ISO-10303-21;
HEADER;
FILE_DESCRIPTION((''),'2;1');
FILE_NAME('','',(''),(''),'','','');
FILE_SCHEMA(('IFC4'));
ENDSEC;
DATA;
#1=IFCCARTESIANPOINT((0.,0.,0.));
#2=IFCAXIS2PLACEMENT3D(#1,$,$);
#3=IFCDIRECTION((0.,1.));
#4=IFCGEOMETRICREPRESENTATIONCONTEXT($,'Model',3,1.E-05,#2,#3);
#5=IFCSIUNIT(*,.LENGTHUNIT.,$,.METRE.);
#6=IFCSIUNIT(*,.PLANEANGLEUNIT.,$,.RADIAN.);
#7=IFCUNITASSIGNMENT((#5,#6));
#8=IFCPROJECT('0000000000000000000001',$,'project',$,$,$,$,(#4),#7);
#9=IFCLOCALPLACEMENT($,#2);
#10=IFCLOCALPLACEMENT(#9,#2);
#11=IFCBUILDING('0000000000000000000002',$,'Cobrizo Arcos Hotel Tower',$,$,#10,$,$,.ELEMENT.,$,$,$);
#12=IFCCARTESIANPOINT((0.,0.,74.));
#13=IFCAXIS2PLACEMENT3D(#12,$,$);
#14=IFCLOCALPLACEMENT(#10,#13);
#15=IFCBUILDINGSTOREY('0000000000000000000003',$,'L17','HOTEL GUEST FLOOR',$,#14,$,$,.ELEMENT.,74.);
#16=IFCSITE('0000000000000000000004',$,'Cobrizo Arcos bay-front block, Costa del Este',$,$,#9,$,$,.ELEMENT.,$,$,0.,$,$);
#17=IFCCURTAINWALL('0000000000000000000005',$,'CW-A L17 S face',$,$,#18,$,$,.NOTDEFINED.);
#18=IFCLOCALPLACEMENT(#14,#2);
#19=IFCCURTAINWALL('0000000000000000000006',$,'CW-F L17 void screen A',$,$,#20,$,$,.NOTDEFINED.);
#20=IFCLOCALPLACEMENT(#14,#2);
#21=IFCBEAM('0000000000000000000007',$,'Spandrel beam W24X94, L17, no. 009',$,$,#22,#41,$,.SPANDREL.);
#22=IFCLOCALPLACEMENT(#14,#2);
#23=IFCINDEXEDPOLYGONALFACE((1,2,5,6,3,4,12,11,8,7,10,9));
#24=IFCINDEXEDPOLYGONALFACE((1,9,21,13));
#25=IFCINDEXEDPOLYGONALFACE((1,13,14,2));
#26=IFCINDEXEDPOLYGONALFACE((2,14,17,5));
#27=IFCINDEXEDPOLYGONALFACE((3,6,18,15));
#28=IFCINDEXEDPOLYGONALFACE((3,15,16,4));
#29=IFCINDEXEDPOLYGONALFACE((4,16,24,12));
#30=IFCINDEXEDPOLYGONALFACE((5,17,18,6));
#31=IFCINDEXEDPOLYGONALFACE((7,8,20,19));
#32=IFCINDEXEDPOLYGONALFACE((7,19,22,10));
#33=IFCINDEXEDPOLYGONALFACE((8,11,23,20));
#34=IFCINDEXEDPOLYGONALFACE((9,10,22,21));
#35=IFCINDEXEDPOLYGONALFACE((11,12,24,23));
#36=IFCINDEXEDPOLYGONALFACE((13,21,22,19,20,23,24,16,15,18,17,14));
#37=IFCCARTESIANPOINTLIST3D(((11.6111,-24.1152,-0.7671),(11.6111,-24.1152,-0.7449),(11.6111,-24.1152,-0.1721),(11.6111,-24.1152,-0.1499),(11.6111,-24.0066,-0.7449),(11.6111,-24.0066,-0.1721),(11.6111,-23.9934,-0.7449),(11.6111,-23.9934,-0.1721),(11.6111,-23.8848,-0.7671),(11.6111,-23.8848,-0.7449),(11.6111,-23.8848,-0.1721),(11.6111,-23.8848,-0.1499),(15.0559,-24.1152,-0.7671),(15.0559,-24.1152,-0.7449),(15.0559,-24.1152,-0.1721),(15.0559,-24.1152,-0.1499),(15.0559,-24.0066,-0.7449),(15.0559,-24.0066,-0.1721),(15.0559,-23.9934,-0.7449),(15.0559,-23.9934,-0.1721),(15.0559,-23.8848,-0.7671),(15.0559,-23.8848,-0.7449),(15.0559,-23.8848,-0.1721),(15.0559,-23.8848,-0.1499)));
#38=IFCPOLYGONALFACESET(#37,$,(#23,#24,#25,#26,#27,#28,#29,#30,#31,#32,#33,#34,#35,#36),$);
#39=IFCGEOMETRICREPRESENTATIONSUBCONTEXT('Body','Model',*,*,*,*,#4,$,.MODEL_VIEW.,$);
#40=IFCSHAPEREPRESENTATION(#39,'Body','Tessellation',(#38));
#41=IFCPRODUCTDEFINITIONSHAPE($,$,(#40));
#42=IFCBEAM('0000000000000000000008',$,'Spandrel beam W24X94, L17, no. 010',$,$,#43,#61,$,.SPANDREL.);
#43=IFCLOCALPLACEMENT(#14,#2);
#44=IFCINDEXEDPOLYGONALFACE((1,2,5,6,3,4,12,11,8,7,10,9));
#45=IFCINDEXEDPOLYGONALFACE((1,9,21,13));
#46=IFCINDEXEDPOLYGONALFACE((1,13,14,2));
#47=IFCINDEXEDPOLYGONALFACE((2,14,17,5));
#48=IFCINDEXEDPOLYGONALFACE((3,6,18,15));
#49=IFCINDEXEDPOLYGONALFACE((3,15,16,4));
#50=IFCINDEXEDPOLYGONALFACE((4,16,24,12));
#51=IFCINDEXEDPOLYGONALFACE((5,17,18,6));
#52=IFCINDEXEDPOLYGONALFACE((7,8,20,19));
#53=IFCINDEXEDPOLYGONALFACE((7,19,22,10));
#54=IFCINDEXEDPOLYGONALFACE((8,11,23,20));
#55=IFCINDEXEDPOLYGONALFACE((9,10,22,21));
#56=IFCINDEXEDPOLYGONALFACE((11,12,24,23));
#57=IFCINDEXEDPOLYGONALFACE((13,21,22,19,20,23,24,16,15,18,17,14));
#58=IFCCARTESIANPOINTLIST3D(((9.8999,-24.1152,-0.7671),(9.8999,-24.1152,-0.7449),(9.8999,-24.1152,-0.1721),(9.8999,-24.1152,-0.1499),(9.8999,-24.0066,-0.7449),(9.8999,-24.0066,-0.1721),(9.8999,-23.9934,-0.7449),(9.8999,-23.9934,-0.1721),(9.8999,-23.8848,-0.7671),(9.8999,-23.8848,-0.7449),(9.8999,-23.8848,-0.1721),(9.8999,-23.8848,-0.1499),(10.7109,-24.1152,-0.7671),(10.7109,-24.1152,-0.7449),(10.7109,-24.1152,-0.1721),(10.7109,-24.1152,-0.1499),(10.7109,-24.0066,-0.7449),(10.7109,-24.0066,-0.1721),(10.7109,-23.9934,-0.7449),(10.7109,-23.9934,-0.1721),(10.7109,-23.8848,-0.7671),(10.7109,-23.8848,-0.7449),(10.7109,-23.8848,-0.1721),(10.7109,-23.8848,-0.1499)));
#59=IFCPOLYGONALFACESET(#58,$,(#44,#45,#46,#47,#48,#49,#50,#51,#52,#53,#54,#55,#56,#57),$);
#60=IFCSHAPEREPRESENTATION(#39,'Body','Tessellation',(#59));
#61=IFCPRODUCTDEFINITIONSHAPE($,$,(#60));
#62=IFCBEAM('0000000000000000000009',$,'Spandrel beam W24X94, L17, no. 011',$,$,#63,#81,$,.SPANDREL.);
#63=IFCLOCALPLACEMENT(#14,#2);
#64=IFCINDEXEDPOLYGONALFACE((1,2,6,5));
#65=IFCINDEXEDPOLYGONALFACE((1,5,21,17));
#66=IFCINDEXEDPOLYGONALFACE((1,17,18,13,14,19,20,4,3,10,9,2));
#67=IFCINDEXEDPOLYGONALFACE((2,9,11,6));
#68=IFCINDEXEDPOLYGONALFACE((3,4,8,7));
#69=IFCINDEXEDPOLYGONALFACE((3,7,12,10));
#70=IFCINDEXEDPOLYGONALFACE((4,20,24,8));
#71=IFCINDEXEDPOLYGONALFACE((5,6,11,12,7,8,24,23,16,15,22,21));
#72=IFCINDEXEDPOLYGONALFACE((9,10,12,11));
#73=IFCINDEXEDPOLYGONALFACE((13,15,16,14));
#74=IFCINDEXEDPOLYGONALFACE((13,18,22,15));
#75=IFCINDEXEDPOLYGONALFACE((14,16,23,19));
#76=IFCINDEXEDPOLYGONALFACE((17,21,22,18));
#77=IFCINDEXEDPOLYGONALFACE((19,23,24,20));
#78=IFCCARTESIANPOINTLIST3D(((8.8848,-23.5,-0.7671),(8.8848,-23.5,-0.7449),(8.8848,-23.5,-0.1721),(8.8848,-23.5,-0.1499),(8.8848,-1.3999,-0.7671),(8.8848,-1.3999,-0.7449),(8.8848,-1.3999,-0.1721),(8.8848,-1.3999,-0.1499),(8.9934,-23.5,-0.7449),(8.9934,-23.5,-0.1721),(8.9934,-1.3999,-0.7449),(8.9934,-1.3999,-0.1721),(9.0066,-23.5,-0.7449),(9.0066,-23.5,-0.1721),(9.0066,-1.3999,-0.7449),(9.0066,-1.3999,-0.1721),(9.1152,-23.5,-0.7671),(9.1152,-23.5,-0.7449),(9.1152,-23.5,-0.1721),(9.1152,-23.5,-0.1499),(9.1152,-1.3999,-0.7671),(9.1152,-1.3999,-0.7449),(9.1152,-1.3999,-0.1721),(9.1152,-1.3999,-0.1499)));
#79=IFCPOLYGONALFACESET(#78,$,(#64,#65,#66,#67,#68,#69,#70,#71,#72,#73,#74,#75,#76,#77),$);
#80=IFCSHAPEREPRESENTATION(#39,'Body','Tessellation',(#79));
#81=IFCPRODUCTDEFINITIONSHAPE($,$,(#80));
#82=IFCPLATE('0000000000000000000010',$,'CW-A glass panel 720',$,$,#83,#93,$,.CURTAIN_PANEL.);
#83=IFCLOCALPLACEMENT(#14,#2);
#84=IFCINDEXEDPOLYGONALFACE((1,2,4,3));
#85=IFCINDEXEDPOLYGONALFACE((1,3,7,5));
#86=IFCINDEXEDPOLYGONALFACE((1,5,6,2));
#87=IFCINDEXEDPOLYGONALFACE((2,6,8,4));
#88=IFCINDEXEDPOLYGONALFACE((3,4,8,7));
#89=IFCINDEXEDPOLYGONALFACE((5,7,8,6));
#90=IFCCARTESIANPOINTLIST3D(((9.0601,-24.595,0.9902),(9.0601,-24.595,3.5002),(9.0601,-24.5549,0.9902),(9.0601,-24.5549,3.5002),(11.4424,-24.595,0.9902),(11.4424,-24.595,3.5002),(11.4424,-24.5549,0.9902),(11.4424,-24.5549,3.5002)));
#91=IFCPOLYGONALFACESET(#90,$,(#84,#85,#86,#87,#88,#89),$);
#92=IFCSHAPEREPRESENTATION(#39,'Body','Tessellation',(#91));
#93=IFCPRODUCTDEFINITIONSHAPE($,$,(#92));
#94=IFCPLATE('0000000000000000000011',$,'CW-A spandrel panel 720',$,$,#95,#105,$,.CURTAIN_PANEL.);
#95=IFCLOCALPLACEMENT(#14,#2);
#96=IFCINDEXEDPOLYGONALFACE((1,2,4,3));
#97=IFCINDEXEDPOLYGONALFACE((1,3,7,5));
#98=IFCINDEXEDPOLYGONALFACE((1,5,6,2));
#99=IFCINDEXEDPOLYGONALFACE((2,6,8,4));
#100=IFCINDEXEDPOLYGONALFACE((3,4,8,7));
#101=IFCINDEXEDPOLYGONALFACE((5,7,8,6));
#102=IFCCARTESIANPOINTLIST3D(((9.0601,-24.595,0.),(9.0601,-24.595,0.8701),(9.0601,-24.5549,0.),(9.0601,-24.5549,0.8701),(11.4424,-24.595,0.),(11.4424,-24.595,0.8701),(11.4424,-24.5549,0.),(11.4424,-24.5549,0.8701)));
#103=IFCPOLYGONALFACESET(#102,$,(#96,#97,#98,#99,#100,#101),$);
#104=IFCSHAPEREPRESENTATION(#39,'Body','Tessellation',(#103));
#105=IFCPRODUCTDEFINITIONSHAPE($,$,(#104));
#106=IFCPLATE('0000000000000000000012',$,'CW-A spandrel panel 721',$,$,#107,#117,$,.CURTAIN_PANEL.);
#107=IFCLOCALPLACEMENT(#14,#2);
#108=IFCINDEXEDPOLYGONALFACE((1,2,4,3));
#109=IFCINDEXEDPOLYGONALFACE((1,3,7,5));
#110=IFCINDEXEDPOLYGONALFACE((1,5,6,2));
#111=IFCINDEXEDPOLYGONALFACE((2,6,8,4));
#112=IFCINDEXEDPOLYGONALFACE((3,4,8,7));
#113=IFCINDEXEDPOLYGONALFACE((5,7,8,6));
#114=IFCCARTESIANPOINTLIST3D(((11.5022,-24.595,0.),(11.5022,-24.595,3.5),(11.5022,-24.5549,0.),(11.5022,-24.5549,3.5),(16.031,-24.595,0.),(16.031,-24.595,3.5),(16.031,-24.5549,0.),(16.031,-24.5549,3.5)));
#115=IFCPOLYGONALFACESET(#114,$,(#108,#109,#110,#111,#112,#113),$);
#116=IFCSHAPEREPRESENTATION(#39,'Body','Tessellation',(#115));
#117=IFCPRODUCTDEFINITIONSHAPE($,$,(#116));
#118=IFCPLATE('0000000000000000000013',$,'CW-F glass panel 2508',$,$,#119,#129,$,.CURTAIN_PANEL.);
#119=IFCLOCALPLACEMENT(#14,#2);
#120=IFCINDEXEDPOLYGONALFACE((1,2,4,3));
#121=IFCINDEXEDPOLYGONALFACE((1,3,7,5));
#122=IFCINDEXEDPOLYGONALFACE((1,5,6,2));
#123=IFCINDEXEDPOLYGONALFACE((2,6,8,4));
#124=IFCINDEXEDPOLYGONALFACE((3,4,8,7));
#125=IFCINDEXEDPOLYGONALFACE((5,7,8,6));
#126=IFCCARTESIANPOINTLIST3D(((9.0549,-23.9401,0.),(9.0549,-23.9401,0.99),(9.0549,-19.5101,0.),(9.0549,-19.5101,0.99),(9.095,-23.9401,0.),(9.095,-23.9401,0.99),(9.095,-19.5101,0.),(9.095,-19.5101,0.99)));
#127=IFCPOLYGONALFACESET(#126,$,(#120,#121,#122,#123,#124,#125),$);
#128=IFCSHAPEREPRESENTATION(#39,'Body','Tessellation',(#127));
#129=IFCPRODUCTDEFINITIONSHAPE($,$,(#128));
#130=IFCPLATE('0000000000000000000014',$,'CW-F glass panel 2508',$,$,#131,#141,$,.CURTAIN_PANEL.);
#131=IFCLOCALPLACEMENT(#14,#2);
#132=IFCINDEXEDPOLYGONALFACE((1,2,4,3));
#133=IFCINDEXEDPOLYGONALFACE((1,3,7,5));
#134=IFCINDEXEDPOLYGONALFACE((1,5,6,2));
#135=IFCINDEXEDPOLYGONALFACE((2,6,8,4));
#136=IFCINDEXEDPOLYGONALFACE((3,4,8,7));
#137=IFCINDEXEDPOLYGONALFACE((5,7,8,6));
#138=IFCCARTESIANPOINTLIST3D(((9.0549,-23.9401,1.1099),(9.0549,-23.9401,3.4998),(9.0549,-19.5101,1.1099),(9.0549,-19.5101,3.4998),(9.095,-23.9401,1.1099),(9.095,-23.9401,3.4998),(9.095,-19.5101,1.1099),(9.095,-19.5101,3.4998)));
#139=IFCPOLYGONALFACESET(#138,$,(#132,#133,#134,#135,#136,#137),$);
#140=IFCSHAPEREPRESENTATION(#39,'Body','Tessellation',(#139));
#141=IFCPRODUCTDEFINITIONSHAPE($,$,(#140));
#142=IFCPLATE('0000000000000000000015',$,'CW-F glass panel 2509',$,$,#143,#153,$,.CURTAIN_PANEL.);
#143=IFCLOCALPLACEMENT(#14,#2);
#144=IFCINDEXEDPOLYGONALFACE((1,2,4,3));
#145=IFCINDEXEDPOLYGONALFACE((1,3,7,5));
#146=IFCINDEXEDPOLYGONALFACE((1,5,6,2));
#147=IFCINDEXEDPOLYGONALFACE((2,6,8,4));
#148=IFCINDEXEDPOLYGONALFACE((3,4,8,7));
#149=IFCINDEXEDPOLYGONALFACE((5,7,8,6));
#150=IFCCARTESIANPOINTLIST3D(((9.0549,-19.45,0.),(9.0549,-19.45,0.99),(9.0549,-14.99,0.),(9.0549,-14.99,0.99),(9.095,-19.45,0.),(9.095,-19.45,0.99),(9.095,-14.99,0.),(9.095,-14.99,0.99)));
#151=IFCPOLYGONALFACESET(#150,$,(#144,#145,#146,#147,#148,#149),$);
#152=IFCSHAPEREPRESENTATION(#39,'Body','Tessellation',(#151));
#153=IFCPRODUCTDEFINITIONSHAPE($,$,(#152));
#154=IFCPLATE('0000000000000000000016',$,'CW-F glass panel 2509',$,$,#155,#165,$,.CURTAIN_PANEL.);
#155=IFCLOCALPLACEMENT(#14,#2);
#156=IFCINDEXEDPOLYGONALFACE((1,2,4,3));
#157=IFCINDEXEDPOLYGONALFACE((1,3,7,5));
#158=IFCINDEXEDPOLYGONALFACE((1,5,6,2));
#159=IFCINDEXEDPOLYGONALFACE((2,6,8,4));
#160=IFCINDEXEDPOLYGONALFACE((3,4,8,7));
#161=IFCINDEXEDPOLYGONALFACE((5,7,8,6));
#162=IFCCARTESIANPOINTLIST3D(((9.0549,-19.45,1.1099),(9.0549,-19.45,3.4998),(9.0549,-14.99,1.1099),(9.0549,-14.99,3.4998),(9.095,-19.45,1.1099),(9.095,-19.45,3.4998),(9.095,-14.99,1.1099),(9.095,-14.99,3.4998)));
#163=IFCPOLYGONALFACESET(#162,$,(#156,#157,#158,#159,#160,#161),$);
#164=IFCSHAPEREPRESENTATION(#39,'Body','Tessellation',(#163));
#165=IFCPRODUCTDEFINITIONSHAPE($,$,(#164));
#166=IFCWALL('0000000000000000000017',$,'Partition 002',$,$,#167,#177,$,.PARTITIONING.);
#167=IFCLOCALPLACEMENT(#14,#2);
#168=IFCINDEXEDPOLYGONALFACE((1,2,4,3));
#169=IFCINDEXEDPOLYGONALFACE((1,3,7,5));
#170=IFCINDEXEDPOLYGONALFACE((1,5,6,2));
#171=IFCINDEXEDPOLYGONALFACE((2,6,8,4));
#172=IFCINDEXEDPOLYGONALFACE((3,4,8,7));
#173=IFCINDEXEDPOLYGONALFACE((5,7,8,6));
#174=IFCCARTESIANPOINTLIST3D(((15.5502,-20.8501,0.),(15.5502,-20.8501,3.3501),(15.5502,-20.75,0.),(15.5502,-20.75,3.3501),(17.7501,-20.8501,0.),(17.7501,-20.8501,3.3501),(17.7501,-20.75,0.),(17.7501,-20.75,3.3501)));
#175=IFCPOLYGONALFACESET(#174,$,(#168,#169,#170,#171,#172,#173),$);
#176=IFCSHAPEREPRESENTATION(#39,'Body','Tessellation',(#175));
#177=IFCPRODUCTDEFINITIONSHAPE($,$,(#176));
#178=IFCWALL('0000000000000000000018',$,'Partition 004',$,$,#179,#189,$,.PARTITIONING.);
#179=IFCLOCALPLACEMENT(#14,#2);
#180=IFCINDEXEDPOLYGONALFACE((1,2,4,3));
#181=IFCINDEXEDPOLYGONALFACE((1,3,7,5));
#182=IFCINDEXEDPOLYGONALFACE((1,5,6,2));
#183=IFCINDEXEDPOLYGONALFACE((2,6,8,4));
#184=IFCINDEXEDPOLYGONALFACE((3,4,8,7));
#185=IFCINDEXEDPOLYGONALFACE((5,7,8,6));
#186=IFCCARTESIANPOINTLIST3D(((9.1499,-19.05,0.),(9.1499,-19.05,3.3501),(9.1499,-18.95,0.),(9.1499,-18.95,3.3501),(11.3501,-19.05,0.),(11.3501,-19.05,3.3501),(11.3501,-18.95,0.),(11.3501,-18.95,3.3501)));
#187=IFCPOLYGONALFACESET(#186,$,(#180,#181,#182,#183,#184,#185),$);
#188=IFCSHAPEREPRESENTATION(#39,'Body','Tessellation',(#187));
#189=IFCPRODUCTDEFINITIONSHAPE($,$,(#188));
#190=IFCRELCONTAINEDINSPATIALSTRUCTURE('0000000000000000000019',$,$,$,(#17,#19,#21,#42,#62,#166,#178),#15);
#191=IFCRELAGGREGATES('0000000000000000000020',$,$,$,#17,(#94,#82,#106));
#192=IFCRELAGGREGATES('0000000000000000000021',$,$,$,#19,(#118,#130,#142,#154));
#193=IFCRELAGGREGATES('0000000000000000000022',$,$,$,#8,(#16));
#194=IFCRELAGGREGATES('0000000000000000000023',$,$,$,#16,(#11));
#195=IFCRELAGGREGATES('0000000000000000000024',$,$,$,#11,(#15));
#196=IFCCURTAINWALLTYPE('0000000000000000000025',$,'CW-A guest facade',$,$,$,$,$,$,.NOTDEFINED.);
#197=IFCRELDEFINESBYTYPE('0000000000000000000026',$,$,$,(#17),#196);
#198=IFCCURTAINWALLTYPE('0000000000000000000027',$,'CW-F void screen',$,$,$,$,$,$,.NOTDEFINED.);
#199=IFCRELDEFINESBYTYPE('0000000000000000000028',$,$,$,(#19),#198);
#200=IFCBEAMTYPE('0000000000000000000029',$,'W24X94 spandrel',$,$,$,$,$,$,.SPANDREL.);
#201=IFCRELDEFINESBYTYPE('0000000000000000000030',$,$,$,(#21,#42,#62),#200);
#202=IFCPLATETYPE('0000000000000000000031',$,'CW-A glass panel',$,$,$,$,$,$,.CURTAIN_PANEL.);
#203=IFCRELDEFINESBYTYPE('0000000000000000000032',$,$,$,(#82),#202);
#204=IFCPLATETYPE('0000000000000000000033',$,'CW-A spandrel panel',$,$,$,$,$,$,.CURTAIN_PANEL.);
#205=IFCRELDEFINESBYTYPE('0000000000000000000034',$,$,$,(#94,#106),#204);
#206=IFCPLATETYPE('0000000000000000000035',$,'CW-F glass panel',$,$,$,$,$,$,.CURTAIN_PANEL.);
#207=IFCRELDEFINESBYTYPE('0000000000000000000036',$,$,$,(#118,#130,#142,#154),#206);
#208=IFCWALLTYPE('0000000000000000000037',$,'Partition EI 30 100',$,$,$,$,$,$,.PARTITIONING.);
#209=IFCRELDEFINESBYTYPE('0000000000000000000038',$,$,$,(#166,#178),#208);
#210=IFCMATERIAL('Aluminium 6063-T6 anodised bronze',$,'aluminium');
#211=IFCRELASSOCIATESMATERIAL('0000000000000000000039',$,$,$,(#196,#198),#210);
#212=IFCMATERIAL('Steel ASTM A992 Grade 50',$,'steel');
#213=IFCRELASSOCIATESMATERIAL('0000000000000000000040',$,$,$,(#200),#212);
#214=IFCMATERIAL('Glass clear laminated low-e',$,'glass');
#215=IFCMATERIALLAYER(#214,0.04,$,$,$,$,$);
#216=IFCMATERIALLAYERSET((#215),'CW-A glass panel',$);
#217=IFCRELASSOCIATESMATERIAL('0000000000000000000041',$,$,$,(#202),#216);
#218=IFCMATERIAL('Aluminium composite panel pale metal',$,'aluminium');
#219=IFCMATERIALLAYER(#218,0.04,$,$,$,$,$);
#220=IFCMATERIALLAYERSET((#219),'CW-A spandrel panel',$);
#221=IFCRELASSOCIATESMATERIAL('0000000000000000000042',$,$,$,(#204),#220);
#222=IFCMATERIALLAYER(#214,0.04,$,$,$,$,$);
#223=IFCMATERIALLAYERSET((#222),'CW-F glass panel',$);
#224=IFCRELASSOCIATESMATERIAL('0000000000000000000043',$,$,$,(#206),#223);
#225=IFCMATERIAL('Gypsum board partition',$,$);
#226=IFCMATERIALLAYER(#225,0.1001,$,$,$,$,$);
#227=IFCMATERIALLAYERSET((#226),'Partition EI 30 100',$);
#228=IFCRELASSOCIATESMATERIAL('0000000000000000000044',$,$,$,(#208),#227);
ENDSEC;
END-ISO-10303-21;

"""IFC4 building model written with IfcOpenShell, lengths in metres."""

from ifc_helpers import new_model, si_unit, direction, frame, frame_2d, origin, origin_2d, place, context, subcontext, project, spatial, rectangle, i_section, extrude, material, layer, layer_set, material_profile, profile_set, type_object, element, aggregate, save


model = new_model("IFC4")

# Units and contexts
model_context = context("Model", 3, precision=1e-05, world=origin(), true_north=direction((0.0, 1.0)))
body_context = subcontext(model_context, "Body", "Model", "MODEL_VIEW")
ifc_project = project(units=[si_unit("LENGTHUNIT", "METRE"), si_unit("PLANEANGLEUNIT", "RADIAN")], contexts=[model_context])

# Site, building, storey
site_placement = place(None, origin())
site = spatial("IfcSite", under=ifc_project, at=site_placement, Name="Cobrizo Arcos bay-front block, Costa del Este", CompositionType="ELEMENT", RefElevation=0.0)
building_placement = place(site_placement, origin())
building = spatial("IfcBuilding", under=site, at=building_placement, Name="Cobrizo Arcos Hotel Tower", CompositionType="ELEMENT")
storey_placement = place(building_placement, frame((0.0, 0.0, 74.0)))
storey = spatial("IfcBuildingStorey", under=building, at=storey_placement, Name="L17", Description="HOTEL GUEST FLOOR", CompositionType="ELEMENT", Elevation=74.0)

# Curtain walls
ifc_material_1 = material(Name="Aluminium 6063-T6 anodised bronze", Category="aluminium")
curtain_wall_type_1 = type_object("IfcCurtainWallType", Name="CW-A guest facade", PredefinedType="NOTDEFINED", material=ifc_material_1)
curtain_wall_1_placement = place(storey_placement, origin())
curtain_wall_1 = element("IfcCurtainWall", 1, at=curtain_wall_1_placement, inside=storey, type_object=curtain_wall_type_1, Name="CW-A L17 S face", PredefinedType="NOTDEFINED")
curtain_wall_type_2 = type_object("IfcCurtainWallType", Name="CW-F void screen", PredefinedType="NOTDEFINED", material=ifc_material_1)
curtain_wall_2_placement = place(storey_placement, origin())
curtain_wall_2 = element("IfcCurtainWall", 2, at=curtain_wall_2_placement, inside=storey, type_object=curtain_wall_type_2, Name="CW-F L17 void screen A", PredefinedType="NOTDEFINED")

# Beams
ifc_material_2 = material(Name="Steel ASTM A992 Grade 50", Category="steel")
ifc_material_profile_1 = material_profile(ifc_material_2, i_section(OverallWidth=0.2305, OverallDepth=0.6172, WebThickness=0.0132, FlangeThickness=0.0222, at=origin_2d()), Name="W24X94")
ifc_profile_set_1 = profile_set([ifc_material_profile_1], Name="Steel ASTM A992 Grade 50")
beam_type_1 = type_object("IfcBeamType", Name="W24X94 spandrel", PredefinedType="SPANDREL", material=ifc_profile_set_1)
beam_1_placement = place(storey_placement, frame((15.0559, -24.0, -0.4585), z_axis=(-1.0, 0.0, 0.0), x_axis=(0.0, -1.0, 0.0)))
element("IfcBeam", 3, at=beam_1_placement, inside=storey, type_object=beam_type_1, Name="Spandrel beam W24X94, L17, no. 009", PredefinedType="SPANDREL", context=body_context, shape_type="SweptSolid", body=[
    extrude(i_section(OverallWidth=0.2305, OverallDepth=0.6172, WebThickness=0.0132, FlangeThickness=0.0222, at=origin_2d()), origin(), (0.0, 0.0, 1.0), 3.4448),
])
beam_2_placement = place(storey_placement, frame((10.7109, -24.0, -0.4585), z_axis=(-1.0, 0.0, 0.0), x_axis=(0.0, -1.0, 0.0)))
element("IfcBeam", 4, at=beam_2_placement, inside=storey, type_object=beam_type_1, Name="Spandrel beam W24X94, L17, no. 010", PredefinedType="SPANDREL", context=body_context, shape_type="SweptSolid", body=[
    extrude(i_section(OverallWidth=0.2305, OverallDepth=0.6172, WebThickness=0.0132, FlangeThickness=0.0222, at=origin_2d()), origin(), (0.0, 0.0, 1.0), 0.811),
])
beam_3_placement = place(storey_placement, frame((9.0, -23.5, -0.4585), z_axis=(0.0, 1.0, 0.0), x_axis=(-1.0, 0.0, 0.0)))
element("IfcBeam", 5, at=beam_3_placement, inside=storey, type_object=beam_type_1, Name="Spandrel beam W24X94, L17, no. 011", PredefinedType="SPANDREL", context=body_context, shape_type="SweptSolid", body=[
    extrude(i_section(OverallWidth=0.2305, OverallDepth=0.6172, WebThickness=0.0132, FlangeThickness=0.0222, at=origin_2d()), origin(), (0.0, 0.0, 1.0), 22.1001),
])

# Plates
ifc_material_3 = material(Name="Glass clear laminated low-e", Category="glass")
ifc_layer_1 = layer(ifc_material_3, 0.04)
ifc_layer_set_1 = layer_set([ifc_layer_1], Name="CW-A glass panel")
plate_type_1 = type_object("IfcPlateType", Name="CW-A glass panel", PredefinedType="CURTAIN_PANEL", material=ifc_layer_set_1)
plate_1_placement = place(storey_placement, frame((10.2512, -24.575, 0.9902), z_axis=(0.0, 0.0, 1.0), x_axis=(1.0, 0.0, 0.0)))
plate_1 = element("IfcPlate", 6, at=plate_1_placement, type_object=plate_type_1, Name="CW-A glass panel 720", PredefinedType="CURTAIN_PANEL", context=body_context, shape_type="SweptSolid", body=[
    extrude(rectangle(XDim=2.3823, YDim=0.04, at=origin_2d()), origin(), (0.0, 0.0, 1.0), 2.51),
])
ifc_material_4 = material(Name="Aluminium composite panel pale metal", Category="aluminium")
ifc_layer_2 = layer(ifc_material_4, 0.04)
ifc_layer_set_2 = layer_set([ifc_layer_2], Name="CW-A spandrel panel")
plate_type_2 = type_object("IfcPlateType", Name="CW-A spandrel panel", PredefinedType="CURTAIN_PANEL", material=ifc_layer_set_2)
plate_2_placement = place(storey_placement, frame((10.2512, -24.575, 0.0), z_axis=(0.0, 0.0, 1.0), x_axis=(1.0, 0.0, 0.0)))
plate_2 = element("IfcPlate", 7, at=plate_2_placement, type_object=plate_type_2, Name="CW-A spandrel panel 720", PredefinedType="CURTAIN_PANEL", context=body_context, shape_type="SweptSolid", body=[
    extrude(rectangle(XDim=2.3823, YDim=0.04, at=origin_2d()), origin(), (0.0, 0.0, 1.0), 0.8701),
])
plate_3_placement = place(storey_placement, frame((13.7666, -24.575, 0.0), z_axis=(0.0, 0.0, 1.0), x_axis=(1.0, 0.0, 0.0)))
plate_3 = element("IfcPlate", 8, at=plate_3_placement, type_object=plate_type_2, Name="CW-A spandrel panel 721", PredefinedType="CURTAIN_PANEL", context=body_context, shape_type="SweptSolid", body=[
    extrude(rectangle(XDim=4.5288, YDim=0.04, at=origin_2d()), origin(), (0.0, 0.0, 1.0), 3.5),
])
aggregate(curtain_wall_1, [plate_2, plate_1, plate_3])
ifc_layer_3 = layer(ifc_material_3, 0.04)
ifc_layer_set_3 = layer_set([ifc_layer_3], Name="CW-F glass panel")
plate_type_3 = type_object("IfcPlateType", Name="CW-F glass panel", PredefinedType="CURTAIN_PANEL", material=ifc_layer_set_3)
plate_4_placement = place(storey_placement, frame((9.075, -21.7251, 0.0), z_axis=(0.0, 0.0, 1.0), x_axis=(0.0, 1.0, 0.0)))
plate_4 = element("IfcPlate", 9, at=plate_4_placement, type_object=plate_type_3, Name="CW-F glass panel 2508", PredefinedType="CURTAIN_PANEL", context=body_context, shape_type="SweptSolid", body=[
    extrude(rectangle(XDim=4.4299, YDim=0.04, at=origin_2d()), origin(), (0.0, 0.0, 1.0), 0.99),
])
plate_5_placement = place(storey_placement, frame((9.075, -21.7251, 1.1099), z_axis=(0.0, 0.0, 1.0), x_axis=(0.0, 1.0, 0.0)))
plate_5 = element("IfcPlate", 10, at=plate_5_placement, type_object=plate_type_3, Name="CW-F glass panel 2508", PredefinedType="CURTAIN_PANEL", context=body_context, shape_type="SweptSolid", body=[
    extrude(rectangle(XDim=4.4299, YDim=0.04, at=origin_2d()), origin(), (0.0, 0.0, 1.0), 2.3899),
])
plate_6_placement = place(storey_placement, frame((9.075, -17.22, 0.0), z_axis=(0.0, 0.0, 1.0), x_axis=(0.0, 1.0, 0.0)))
plate_6 = element("IfcPlate", 11, at=plate_6_placement, type_object=plate_type_3, Name="CW-F glass panel 2509", PredefinedType="CURTAIN_PANEL", context=body_context, shape_type="SweptSolid", body=[
    extrude(rectangle(XDim=4.46, YDim=0.04, at=origin_2d()), origin(), (0.0, 0.0, 1.0), 0.99),
])
plate_7_placement = place(storey_placement, frame((9.075, -17.22, 1.1099), z_axis=(0.0, 0.0, 1.0), x_axis=(0.0, 1.0, 0.0)))
plate_7 = element("IfcPlate", 12, at=plate_7_placement, type_object=plate_type_3, Name="CW-F glass panel 2509", PredefinedType="CURTAIN_PANEL", context=body_context, shape_type="SweptSolid", body=[
    extrude(rectangle(XDim=4.46, YDim=0.04, at=origin_2d()), origin(), (0.0, 0.0, 1.0), 2.3899),
])
aggregate(curtain_wall_2, [plate_4, plate_5, plate_6, plate_7])

# Walls
ifc_material_5 = material(Name="Gypsum board partition")
ifc_layer_4 = layer(ifc_material_5, 0.1001)
ifc_layer_set_4 = layer_set([ifc_layer_4], Name="Partition EI 30 100")
wall_type = type_object("IfcWallType", Name="Partition EI 30 100", PredefinedType="PARTITIONING", material=ifc_layer_set_4)
wall_1_placement = place(storey_placement, frame((15.55, -20.8, 0.0), z_axis=(0.0, 0.0, 1.0), x_axis=(1.0, 0.0, 0.0)))
element("IfcWall", 13, at=wall_1_placement, inside=storey, type_object=wall_type, Name="Partition 002", PredefinedType="PARTITIONING", context=body_context, shape_type="SweptSolid", body=[
    extrude(rectangle(XDim=2.2, YDim=0.1001, at=frame_2d((1.1001, 0.0))), origin(), (0.0, 0.0, 1.0), 3.3501),
])
wall_2_placement = place(storey_placement, frame((9.1499, -19.0, 0.0), z_axis=(0.0, 0.0, 1.0), x_axis=(1.0, 0.0, 0.0)))
element("IfcWall", 14, at=wall_2_placement, inside=storey, type_object=wall_type, Name="Partition 004", PredefinedType="PARTITIONING", context=body_context, shape_type="SweptSolid", body=[
    extrude(rectangle(XDim=2.2002, YDim=0.1001, at=frame_2d((1.1001, 0.0))), origin(), (0.0, 0.0, 1.0), 3.3501),
])

save(model, "model.ifc")
